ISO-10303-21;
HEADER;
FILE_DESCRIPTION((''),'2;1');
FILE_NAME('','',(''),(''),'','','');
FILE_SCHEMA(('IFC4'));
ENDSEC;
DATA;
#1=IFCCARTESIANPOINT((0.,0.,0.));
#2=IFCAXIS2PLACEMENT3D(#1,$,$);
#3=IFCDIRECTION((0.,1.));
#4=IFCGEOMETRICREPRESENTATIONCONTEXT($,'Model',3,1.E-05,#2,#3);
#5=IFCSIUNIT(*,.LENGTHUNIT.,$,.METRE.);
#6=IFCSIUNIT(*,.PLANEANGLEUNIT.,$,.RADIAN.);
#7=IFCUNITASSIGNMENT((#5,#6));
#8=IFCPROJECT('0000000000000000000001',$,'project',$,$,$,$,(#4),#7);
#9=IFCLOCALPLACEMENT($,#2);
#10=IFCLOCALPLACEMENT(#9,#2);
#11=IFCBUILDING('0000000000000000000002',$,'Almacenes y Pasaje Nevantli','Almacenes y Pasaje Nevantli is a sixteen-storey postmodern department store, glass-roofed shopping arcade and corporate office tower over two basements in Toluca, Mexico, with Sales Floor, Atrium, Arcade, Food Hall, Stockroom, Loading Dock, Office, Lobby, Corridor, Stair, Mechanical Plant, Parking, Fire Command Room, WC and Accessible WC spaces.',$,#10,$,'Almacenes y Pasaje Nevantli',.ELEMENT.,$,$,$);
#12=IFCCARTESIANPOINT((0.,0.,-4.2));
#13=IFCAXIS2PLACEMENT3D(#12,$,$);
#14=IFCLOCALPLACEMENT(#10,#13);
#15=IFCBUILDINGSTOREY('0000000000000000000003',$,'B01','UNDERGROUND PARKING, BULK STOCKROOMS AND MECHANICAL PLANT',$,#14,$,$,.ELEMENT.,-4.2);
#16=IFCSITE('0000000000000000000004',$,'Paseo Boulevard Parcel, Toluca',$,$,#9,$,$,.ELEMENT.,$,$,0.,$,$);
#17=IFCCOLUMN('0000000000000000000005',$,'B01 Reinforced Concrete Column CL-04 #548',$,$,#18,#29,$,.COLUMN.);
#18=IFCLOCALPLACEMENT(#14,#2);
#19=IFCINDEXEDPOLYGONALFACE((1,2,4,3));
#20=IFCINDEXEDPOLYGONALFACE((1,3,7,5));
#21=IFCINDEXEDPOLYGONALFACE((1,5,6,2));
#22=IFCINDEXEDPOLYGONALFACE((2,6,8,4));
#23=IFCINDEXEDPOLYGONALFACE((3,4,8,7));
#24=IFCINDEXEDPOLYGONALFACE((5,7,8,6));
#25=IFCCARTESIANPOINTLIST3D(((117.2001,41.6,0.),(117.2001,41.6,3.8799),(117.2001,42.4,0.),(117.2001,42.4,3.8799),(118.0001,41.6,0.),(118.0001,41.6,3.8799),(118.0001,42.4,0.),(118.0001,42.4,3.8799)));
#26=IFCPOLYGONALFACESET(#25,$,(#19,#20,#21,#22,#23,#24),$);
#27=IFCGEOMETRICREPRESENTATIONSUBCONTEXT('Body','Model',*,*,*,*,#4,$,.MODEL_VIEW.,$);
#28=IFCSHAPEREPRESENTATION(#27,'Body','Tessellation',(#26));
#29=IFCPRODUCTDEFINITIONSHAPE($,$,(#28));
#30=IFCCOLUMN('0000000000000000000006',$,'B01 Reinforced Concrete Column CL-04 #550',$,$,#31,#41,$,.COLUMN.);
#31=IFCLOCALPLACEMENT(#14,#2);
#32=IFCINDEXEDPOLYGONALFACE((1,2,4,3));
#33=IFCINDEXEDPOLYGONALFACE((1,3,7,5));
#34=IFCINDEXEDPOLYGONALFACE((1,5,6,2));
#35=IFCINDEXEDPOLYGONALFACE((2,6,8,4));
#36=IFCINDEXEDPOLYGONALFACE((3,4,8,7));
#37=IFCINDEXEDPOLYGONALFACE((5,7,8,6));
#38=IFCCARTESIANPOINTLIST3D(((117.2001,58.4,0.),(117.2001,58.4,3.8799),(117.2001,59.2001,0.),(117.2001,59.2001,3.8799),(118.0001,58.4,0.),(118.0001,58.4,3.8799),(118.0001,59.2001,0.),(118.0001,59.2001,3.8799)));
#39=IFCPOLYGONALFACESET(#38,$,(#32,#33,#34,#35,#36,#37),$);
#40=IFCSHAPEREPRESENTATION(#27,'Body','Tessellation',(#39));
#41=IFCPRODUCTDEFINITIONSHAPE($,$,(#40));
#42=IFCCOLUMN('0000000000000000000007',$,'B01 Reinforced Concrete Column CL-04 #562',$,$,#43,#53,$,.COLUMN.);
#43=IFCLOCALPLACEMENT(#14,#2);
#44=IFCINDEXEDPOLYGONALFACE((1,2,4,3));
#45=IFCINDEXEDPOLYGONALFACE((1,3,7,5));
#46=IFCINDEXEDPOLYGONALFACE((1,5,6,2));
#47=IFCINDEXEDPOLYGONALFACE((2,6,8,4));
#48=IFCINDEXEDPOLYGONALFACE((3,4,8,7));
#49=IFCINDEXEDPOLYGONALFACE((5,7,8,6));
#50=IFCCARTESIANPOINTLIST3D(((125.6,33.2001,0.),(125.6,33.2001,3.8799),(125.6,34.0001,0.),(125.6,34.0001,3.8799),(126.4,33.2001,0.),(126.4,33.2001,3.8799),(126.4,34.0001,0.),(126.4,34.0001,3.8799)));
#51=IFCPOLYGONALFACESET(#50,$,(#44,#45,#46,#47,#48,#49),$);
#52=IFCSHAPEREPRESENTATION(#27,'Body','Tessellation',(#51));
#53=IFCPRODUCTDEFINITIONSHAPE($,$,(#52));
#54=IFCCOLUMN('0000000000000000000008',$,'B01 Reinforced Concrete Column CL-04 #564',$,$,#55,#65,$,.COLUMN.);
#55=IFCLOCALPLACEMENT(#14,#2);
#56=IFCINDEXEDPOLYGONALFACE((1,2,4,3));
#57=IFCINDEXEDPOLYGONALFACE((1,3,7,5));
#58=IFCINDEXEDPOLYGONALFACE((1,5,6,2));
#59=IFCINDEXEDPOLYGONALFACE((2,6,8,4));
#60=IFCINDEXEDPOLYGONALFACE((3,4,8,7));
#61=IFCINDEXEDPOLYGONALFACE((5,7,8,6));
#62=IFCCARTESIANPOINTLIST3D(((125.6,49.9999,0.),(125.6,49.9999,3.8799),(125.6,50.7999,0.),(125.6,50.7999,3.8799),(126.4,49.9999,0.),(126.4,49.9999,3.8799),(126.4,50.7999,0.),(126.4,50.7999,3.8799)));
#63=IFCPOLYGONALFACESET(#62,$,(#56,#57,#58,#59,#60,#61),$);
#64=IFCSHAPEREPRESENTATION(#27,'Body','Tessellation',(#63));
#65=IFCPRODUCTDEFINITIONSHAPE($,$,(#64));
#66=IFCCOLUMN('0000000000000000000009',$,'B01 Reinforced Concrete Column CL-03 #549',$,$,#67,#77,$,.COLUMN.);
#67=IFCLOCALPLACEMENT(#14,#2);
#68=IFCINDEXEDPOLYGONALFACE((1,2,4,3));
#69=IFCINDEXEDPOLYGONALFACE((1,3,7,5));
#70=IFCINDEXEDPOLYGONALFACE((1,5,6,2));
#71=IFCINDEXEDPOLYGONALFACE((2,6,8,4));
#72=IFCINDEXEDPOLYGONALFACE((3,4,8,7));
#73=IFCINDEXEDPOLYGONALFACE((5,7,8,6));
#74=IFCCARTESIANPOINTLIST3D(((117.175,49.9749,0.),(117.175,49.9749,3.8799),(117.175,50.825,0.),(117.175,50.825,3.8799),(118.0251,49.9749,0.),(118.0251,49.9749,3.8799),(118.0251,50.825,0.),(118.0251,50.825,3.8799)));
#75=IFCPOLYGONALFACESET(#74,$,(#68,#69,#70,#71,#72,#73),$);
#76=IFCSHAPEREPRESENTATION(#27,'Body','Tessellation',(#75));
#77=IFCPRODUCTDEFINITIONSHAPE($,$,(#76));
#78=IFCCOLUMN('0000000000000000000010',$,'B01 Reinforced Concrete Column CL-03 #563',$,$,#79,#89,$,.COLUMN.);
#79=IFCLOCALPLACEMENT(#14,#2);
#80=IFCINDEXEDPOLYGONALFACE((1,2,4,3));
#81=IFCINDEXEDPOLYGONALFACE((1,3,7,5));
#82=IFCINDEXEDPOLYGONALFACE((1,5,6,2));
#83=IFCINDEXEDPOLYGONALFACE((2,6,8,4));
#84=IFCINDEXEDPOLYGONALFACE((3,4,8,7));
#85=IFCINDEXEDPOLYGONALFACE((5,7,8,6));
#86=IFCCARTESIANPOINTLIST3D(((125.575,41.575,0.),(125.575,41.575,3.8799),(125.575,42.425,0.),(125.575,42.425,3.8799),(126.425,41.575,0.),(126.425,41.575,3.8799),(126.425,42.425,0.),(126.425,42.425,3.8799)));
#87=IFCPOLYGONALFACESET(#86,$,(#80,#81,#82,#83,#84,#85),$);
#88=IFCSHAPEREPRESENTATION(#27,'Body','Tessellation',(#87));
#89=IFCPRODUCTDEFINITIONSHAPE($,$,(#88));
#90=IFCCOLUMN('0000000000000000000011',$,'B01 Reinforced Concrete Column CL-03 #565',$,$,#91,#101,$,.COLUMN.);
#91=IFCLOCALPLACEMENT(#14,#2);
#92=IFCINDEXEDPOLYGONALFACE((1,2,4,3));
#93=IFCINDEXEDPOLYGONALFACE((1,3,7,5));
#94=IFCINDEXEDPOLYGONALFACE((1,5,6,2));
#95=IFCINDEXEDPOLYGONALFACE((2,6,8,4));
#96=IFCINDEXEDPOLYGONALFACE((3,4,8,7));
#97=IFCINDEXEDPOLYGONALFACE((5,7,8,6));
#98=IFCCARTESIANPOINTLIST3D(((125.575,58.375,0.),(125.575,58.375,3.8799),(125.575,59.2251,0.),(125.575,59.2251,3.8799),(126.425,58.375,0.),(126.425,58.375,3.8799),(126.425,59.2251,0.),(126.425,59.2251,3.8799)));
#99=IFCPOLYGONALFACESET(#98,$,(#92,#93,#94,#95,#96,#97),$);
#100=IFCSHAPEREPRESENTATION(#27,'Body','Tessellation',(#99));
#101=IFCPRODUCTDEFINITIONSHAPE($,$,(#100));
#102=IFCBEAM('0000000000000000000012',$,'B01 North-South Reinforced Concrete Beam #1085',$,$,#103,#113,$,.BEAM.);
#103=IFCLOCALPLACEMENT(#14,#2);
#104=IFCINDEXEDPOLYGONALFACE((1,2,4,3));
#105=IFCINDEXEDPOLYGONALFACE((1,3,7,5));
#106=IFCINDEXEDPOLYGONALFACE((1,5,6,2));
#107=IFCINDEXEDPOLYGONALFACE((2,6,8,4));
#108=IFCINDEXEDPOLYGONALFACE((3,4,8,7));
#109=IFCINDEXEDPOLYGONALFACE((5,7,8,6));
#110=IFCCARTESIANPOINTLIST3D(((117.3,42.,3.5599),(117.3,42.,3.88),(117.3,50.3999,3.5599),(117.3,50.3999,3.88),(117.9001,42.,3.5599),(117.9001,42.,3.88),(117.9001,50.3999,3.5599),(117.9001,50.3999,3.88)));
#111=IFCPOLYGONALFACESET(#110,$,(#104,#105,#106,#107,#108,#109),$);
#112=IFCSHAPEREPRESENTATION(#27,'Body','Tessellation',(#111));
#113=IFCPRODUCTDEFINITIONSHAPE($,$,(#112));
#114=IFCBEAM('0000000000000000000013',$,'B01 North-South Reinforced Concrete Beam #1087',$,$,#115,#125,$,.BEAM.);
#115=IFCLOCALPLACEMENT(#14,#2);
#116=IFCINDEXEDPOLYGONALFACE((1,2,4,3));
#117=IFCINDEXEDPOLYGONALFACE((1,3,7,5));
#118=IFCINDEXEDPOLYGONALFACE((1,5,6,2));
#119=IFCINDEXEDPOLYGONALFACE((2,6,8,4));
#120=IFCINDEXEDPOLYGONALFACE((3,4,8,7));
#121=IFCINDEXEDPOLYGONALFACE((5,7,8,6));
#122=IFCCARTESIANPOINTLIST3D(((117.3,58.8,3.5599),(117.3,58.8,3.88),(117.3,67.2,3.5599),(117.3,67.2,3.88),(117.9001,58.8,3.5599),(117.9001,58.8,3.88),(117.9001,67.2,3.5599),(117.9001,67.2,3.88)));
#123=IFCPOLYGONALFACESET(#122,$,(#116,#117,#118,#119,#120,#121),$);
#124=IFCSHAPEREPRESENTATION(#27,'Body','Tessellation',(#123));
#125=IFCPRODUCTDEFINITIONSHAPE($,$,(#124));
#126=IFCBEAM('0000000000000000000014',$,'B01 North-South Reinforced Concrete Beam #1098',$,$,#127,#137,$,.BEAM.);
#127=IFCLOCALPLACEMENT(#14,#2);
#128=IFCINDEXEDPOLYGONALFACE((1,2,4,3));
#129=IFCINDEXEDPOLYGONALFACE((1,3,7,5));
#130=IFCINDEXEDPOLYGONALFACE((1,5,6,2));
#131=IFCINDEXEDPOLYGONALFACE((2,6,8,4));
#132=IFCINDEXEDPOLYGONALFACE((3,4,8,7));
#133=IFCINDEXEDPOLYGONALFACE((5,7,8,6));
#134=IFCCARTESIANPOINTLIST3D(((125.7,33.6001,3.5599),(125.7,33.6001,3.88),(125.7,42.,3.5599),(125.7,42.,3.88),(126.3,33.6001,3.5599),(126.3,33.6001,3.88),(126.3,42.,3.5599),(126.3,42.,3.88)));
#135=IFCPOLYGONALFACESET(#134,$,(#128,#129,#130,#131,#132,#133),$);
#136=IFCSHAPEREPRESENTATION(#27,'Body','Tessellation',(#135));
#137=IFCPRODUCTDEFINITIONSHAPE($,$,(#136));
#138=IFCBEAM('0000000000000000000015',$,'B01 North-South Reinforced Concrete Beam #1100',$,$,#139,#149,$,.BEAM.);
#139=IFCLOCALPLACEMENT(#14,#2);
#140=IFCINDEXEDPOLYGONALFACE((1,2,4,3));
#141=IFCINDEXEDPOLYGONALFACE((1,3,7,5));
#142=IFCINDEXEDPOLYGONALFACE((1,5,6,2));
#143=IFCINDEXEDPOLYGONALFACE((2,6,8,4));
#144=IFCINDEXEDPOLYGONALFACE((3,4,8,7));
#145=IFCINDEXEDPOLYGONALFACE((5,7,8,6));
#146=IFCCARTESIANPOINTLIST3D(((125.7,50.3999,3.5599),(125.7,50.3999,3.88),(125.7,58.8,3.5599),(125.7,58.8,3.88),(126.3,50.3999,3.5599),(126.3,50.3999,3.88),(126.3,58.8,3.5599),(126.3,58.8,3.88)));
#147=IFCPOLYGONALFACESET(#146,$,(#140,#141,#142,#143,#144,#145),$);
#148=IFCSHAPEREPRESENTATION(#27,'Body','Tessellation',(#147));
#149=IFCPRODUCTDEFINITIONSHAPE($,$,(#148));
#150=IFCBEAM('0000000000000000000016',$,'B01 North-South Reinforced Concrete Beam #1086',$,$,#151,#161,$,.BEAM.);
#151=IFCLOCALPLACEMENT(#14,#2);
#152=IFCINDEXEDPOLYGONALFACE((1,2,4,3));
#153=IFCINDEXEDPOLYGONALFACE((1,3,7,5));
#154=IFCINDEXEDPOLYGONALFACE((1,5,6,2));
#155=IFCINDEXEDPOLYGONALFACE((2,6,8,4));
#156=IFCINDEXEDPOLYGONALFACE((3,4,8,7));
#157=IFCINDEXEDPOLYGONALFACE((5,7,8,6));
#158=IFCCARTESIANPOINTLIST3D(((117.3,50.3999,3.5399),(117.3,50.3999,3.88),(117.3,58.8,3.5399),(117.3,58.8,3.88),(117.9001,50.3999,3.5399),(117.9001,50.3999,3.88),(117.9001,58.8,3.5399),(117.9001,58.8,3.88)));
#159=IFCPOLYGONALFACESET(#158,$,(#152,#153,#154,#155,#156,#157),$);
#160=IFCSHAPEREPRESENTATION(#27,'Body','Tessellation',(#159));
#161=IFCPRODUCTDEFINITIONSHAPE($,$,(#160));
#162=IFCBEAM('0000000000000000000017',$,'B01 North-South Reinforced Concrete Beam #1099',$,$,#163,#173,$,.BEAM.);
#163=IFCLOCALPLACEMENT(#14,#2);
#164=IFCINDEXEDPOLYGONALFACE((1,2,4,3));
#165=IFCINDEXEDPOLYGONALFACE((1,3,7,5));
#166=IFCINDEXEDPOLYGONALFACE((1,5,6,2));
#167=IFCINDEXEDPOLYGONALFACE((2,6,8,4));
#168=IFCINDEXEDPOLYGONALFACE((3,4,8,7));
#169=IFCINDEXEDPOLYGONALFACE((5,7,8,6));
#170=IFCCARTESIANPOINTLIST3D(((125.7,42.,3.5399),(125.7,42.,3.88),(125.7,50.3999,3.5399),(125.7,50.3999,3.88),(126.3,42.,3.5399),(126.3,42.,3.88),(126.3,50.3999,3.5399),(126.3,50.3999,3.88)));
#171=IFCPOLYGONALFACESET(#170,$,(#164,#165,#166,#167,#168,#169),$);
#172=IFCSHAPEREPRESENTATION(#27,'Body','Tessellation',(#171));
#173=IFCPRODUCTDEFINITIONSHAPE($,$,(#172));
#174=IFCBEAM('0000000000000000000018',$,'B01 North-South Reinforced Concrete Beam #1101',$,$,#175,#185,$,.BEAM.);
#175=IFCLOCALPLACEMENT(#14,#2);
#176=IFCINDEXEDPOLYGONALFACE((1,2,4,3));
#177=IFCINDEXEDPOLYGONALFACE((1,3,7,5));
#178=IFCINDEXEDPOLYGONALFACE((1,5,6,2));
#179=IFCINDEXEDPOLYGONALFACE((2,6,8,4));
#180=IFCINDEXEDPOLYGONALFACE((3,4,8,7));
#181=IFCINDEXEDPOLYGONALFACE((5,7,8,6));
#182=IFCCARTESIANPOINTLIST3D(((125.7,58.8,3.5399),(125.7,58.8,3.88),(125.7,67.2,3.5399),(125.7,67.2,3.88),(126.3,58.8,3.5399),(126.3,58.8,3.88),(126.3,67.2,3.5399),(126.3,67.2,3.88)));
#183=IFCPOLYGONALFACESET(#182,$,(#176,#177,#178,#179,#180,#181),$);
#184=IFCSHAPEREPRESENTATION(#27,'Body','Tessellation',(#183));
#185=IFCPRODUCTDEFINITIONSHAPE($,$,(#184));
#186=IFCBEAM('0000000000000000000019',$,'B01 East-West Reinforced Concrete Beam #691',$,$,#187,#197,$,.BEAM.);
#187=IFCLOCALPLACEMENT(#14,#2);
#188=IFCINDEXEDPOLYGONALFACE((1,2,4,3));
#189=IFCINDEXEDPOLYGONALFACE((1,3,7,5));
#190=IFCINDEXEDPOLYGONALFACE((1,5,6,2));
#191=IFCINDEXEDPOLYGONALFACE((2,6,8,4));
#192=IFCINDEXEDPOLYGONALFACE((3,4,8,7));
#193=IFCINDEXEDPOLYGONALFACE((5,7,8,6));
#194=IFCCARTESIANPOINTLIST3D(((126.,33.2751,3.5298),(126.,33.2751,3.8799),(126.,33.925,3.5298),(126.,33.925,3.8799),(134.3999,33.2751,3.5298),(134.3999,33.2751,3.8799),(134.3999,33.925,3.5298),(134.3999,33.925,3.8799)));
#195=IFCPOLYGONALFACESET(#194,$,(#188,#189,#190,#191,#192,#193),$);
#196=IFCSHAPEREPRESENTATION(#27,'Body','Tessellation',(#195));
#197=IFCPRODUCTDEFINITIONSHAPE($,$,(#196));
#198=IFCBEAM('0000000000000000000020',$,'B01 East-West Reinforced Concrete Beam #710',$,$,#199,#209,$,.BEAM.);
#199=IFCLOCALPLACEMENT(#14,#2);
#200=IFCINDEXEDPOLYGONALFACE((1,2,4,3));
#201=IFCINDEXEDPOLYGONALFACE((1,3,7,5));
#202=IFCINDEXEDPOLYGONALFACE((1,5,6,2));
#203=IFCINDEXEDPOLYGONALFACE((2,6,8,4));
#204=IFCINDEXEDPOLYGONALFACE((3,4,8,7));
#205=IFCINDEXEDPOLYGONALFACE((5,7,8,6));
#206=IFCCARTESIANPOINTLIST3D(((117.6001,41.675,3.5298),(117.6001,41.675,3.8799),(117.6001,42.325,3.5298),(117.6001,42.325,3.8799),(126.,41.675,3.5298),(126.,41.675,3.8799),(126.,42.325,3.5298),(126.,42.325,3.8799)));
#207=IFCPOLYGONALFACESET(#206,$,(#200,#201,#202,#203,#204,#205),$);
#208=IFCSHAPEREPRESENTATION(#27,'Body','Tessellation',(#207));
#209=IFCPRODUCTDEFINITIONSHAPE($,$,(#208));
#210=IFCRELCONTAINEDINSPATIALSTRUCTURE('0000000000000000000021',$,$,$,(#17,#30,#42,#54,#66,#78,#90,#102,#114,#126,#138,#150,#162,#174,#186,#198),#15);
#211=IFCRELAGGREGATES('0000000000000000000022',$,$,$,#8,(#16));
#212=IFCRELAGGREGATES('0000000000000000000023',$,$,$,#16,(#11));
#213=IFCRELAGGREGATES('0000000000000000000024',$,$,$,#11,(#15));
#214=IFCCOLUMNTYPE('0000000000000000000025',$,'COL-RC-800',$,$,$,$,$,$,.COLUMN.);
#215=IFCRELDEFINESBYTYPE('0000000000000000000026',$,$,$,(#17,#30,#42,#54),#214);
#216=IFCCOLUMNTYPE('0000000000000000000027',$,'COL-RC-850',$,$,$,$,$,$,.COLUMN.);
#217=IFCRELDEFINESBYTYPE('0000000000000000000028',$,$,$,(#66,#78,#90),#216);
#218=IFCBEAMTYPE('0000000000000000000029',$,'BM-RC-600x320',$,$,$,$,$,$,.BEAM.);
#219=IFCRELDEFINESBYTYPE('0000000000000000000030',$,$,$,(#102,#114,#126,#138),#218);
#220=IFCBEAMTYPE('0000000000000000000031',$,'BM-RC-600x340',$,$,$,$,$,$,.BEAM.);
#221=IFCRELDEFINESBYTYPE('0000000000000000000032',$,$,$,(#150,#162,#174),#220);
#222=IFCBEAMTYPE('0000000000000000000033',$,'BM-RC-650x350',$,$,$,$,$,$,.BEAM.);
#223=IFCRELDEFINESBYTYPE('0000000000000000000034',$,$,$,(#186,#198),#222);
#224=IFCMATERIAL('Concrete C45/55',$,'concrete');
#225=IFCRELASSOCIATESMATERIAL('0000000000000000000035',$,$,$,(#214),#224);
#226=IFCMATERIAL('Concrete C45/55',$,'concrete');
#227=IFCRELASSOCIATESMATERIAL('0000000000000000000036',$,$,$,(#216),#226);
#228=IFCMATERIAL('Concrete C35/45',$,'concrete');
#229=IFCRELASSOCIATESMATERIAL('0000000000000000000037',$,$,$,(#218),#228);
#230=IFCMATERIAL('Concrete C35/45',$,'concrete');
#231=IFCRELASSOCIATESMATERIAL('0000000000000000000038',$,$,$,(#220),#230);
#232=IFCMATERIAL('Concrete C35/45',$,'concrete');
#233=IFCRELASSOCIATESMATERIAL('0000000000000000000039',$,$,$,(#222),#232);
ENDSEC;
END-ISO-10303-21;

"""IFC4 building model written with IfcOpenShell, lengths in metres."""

from ifc_helpers import new_model, si_unit, direction, frame, origin, origin_2d, place, context, subcontext, project, spatial, rectangle, extrude, material, material_profile, profile_set, type_object, element, save


model = new_model("IFC4")

# Units and contexts
model_context = context("Model", 3, precision=1e-05, world=origin(), true_north=direction((0.0, 1.0)))
body_context = subcontext(model_context, "Body", "Model", "MODEL_VIEW")
ifc_project = project(units=[si_unit("LENGTHUNIT", "METRE"), si_unit("PLANEANGLEUNIT", "RADIAN")], contexts=[model_context])

# Site, building, storey
site_placement = place(None, origin())
site = spatial("IfcSite", under=ifc_project, at=site_placement, Name="Paseo Boulevard Parcel, Toluca", CompositionType="ELEMENT", RefElevation=0.0)
building_placement = place(site_placement, origin())
building = spatial("IfcBuilding", under=site, at=building_placement, Name="Almacenes y Pasaje Nevantli", Description="Almacenes y Pasaje Nevantli is a sixteen-storey postmodern department store, glass-roofed shopping arcade and corporate office tower over two basements in Toluca, Mexico, with Sales Floor, Atrium, Arcade, Food Hall, Stockroom, Loading Dock, Office, Lobby, Corridor, Stair, Mechanical Plant, Parking, Fire Command Room, WC and Accessible WC spaces.", LongName="Almacenes y Pasaje Nevantli", CompositionType="ELEMENT")
storey_placement = place(building_placement, frame((0.0, 0.0, -4.2)))
storey = spatial("IfcBuildingStorey", under=building, at=storey_placement, Name="B01", Description="UNDERGROUND PARKING, BULK STOCKROOMS AND MECHANICAL PLANT", CompositionType="ELEMENT", Elevation=-4.2)

# Columns
ifc_material_1 = material(Name="Concrete C45/55", Category="concrete")
ifc_material_profile_1 = material_profile(ifc_material_1, rectangle(XDim=0.8, YDim=0.8, at=origin_2d()), Name="RC-COL-800x800")
ifc_profile_set_1 = profile_set([ifc_material_profile_1], Name="Concrete C45/55")
column_type_1 = type_object("IfcColumnType", Name="COL-RC-800", PredefinedType="COLUMN", material=ifc_profile_set_1)
for number, where, z_axis, x_axis, name in (
    (1, (117.6001, 42.0, 0.0), (0.0, 0.0, 1.0), (1.0, 0.0, 0.0), "B01 Reinforced Concrete Column CL-04 #548"),
    (2, (117.6001, 58.8, 0.0), (0.0, 0.0, 1.0), (1.0, 0.0, 0.0), "B01 Reinforced Concrete Column CL-04 #550"),
    (3, (126.0, 33.6001, 0.0), (0.0, 0.0, 1.0), (1.0, 0.0, 0.0), "B01 Reinforced Concrete Column CL-04 #562"),
    (4, (126.0, 50.3999, 0.0), (0.0, 0.0, 1.0), (1.0, 0.0, 0.0), "B01 Reinforced Concrete Column CL-04 #564"),
):
    element("IfcColumn", number, at=place(storey_placement, frame(where, z_axis=z_axis, x_axis=x_axis)), inside=storey, type_object=column_type_1, Name=name, PredefinedType="COLUMN", context=body_context, shape_type="SweptSolid", body=[
        extrude(rectangle(XDim=0.8, YDim=0.8, at=origin_2d()), origin(), (0.0, 0.0, 1.0), 3.8799),
    ])
ifc_material_2 = material(Name="Concrete C45/55", Category="concrete")
ifc_material_profile_2 = material_profile(ifc_material_2, rectangle(XDim=0.8501, YDim=0.8501, at=origin_2d()), Name="RC-COL-850x850")
ifc_profile_set_2 = profile_set([ifc_material_profile_2], Name="Concrete C45/55")
column_type_2 = type_object("IfcColumnType", Name="COL-RC-850", PredefinedType="COLUMN", material=ifc_profile_set_2)
for number, where, z_axis, x_axis, name in (
    (5, (117.6001, 50.3999, 0.0), (0.0, 0.0, 1.0), (1.0, 0.0, 0.0), "B01 Reinforced Concrete Column CL-03 #549"),
    (6, (126.0, 42.0, 0.0), (0.0, 0.0, 1.0), (1.0, 0.0, 0.0), "B01 Reinforced Concrete Column CL-03 #563"),
    (7, (126.0, 58.8, 0.0), (0.0, 0.0, 1.0), (1.0, 0.0, 0.0), "B01 Reinforced Concrete Column CL-03 #565"),
):
    element("IfcColumn", number, at=place(storey_placement, frame(where, z_axis=z_axis, x_axis=x_axis)), inside=storey, type_object=column_type_2, Name=name, PredefinedType="COLUMN", context=body_context, shape_type="SweptSolid", body=[
        extrude(rectangle(XDim=0.8501, YDim=0.8501, at=origin_2d()), origin(), (0.0, 0.0, 1.0), 3.8799),
    ])

# Beams
ifc_material_3 = material(Name="Concrete C35/45", Category="concrete")
ifc_material_profile_3 = material_profile(ifc_material_3, rectangle(XDim=0.6001, YDim=0.3201, at=origin_2d()), Name="RC-BM-600x320")
ifc_profile_set_3 = profile_set([ifc_material_profile_3], Name="Concrete C35/45")
beam_type_1 = type_object("IfcBeamType", Name="BM-RC-600x320", PredefinedType="BEAM", material=ifc_profile_set_3)
for number, where, z_axis, x_axis, name in (
    (8, (117.6001, 42.0, 3.72), (0.0, 1.0, 0.0), (-1.0, 0.0, 0.0), "B01 North-South Reinforced Concrete Beam #1085"),
    (9, (117.6001, 58.8, 3.72), (0.0, 1.0, 0.0), (-1.0, 0.0, 0.0), "B01 North-South Reinforced Concrete Beam #1087"),
    (10, (126.0, 33.6001, 3.72), (0.0, 1.0, 0.0), (-1.0, 0.0, 0.0), "B01 North-South Reinforced Concrete Beam #1098"),
):
    element("IfcBeam", number, at=place(storey_placement, frame(where, z_axis=z_axis, x_axis=x_axis)), inside=storey, type_object=beam_type_1, Name=name, PredefinedType="BEAM", context=body_context, shape_type="SweptSolid", body=[
        extrude(rectangle(XDim=0.6001, YDim=0.3201, at=origin_2d()), origin(), (0.0, 0.0, 1.0), 8.3999),
    ])
beam_1_placement = place(storey_placement, frame((126.0, 50.3999, 3.72), z_axis=(0.0, 1.0, 0.0), x_axis=(-1.0, 0.0, 0.0)))
element("IfcBeam", 11, at=beam_1_placement, inside=storey, type_object=beam_type_1, Name="B01 North-South Reinforced Concrete Beam #1100", PredefinedType="BEAM", context=body_context, shape_type="SweptSolid", body=[
    extrude(rectangle(XDim=0.6001, YDim=0.3201, at=origin_2d()), origin(), (0.0, 0.0, 1.0), 8.4001),
])
ifc_material_4 = material(Name="Concrete C35/45", Category="concrete")
ifc_material_profile_4 = material_profile(ifc_material_4, rectangle(XDim=0.6001, YDim=0.3401, at=origin_2d()), Name="RC-BM-600x340")
ifc_profile_set_4 = profile_set([ifc_material_profile_4], Name="Concrete C35/45")
beam_type_2 = type_object("IfcBeamType", Name="BM-RC-600x340", PredefinedType="BEAM", material=ifc_profile_set_4)
beam_2_placement = place(storey_placement, frame((117.6001, 50.3999, 3.71), z_axis=(0.0, 1.0, 0.0), x_axis=(-1.0, 0.0, 0.0)))
element("IfcBeam", 12, at=beam_2_placement, inside=storey, type_object=beam_type_2, Name="B01 North-South Reinforced Concrete Beam #1086", PredefinedType="BEAM", context=body_context, shape_type="SweptSolid", body=[
    extrude(rectangle(XDim=0.6001, YDim=0.3401, at=origin_2d()), origin(), (0.0, 0.0, 1.0), 8.4001),
])
for number, where, z_axis, x_axis, name in (
    (13, (126.0, 42.0, 3.71), (0.0, 1.0, 0.0), (-1.0, 0.0, 0.0), "B01 North-South Reinforced Concrete Beam #1099"),
    (14, (126.0, 58.8, 3.71), (0.0, 1.0, 0.0), (-1.0, 0.0, 0.0), "B01 North-South Reinforced Concrete Beam #1101"),
):
    element("IfcBeam", number, at=place(storey_placement, frame(where, z_axis=z_axis, x_axis=x_axis)), inside=storey, type_object=beam_type_2, Name=name, PredefinedType="BEAM", context=body_context, shape_type="SweptSolid", body=[
        extrude(rectangle(XDim=0.6001, YDim=0.3401, at=origin_2d()), origin(), (0.0, 0.0, 1.0), 8.3999),
    ])
ifc_material_5 = material(Name="Concrete C35/45", Category="concrete")
ifc_material_profile_5 = material_profile(ifc_material_5, rectangle(XDim=0.6499, YDim=0.3501, at=origin_2d()), Name="RC-BM-650x350")
ifc_profile_set_5 = profile_set([ifc_material_profile_5], Name="Concrete C35/45")
beam_type_3 = type_object("IfcBeamType", Name="BM-RC-650x350", PredefinedType="BEAM", material=ifc_profile_set_5)
for number, where, z_axis, x_axis, name in (
    (15, (126.0, 33.6001, 3.7048), (1.0, 0.0, 0.0), (0.0, 1.0, 0.0), "B01 East-West Reinforced Concrete Beam #691"),
    (16, (117.6001, 42.0, 3.7048), (1.0, 0.0, 0.0), (0.0, 1.0, 0.0), "B01 East-West Reinforced Concrete Beam #710"),
):
    element("IfcBeam", number, at=place(storey_placement, frame(where, z_axis=z_axis, x_axis=x_axis)), inside=storey, type_object=beam_type_3, Name=name, PredefinedType="BEAM", context=body_context, shape_type="SweptSolid", body=[
        extrude(rectangle(XDim=0.6499, YDim=0.3501, at=origin_2d()), origin(), (0.0, 0.0, 1.0), 8.3999),
    ])

save(model, "model.ifc")
